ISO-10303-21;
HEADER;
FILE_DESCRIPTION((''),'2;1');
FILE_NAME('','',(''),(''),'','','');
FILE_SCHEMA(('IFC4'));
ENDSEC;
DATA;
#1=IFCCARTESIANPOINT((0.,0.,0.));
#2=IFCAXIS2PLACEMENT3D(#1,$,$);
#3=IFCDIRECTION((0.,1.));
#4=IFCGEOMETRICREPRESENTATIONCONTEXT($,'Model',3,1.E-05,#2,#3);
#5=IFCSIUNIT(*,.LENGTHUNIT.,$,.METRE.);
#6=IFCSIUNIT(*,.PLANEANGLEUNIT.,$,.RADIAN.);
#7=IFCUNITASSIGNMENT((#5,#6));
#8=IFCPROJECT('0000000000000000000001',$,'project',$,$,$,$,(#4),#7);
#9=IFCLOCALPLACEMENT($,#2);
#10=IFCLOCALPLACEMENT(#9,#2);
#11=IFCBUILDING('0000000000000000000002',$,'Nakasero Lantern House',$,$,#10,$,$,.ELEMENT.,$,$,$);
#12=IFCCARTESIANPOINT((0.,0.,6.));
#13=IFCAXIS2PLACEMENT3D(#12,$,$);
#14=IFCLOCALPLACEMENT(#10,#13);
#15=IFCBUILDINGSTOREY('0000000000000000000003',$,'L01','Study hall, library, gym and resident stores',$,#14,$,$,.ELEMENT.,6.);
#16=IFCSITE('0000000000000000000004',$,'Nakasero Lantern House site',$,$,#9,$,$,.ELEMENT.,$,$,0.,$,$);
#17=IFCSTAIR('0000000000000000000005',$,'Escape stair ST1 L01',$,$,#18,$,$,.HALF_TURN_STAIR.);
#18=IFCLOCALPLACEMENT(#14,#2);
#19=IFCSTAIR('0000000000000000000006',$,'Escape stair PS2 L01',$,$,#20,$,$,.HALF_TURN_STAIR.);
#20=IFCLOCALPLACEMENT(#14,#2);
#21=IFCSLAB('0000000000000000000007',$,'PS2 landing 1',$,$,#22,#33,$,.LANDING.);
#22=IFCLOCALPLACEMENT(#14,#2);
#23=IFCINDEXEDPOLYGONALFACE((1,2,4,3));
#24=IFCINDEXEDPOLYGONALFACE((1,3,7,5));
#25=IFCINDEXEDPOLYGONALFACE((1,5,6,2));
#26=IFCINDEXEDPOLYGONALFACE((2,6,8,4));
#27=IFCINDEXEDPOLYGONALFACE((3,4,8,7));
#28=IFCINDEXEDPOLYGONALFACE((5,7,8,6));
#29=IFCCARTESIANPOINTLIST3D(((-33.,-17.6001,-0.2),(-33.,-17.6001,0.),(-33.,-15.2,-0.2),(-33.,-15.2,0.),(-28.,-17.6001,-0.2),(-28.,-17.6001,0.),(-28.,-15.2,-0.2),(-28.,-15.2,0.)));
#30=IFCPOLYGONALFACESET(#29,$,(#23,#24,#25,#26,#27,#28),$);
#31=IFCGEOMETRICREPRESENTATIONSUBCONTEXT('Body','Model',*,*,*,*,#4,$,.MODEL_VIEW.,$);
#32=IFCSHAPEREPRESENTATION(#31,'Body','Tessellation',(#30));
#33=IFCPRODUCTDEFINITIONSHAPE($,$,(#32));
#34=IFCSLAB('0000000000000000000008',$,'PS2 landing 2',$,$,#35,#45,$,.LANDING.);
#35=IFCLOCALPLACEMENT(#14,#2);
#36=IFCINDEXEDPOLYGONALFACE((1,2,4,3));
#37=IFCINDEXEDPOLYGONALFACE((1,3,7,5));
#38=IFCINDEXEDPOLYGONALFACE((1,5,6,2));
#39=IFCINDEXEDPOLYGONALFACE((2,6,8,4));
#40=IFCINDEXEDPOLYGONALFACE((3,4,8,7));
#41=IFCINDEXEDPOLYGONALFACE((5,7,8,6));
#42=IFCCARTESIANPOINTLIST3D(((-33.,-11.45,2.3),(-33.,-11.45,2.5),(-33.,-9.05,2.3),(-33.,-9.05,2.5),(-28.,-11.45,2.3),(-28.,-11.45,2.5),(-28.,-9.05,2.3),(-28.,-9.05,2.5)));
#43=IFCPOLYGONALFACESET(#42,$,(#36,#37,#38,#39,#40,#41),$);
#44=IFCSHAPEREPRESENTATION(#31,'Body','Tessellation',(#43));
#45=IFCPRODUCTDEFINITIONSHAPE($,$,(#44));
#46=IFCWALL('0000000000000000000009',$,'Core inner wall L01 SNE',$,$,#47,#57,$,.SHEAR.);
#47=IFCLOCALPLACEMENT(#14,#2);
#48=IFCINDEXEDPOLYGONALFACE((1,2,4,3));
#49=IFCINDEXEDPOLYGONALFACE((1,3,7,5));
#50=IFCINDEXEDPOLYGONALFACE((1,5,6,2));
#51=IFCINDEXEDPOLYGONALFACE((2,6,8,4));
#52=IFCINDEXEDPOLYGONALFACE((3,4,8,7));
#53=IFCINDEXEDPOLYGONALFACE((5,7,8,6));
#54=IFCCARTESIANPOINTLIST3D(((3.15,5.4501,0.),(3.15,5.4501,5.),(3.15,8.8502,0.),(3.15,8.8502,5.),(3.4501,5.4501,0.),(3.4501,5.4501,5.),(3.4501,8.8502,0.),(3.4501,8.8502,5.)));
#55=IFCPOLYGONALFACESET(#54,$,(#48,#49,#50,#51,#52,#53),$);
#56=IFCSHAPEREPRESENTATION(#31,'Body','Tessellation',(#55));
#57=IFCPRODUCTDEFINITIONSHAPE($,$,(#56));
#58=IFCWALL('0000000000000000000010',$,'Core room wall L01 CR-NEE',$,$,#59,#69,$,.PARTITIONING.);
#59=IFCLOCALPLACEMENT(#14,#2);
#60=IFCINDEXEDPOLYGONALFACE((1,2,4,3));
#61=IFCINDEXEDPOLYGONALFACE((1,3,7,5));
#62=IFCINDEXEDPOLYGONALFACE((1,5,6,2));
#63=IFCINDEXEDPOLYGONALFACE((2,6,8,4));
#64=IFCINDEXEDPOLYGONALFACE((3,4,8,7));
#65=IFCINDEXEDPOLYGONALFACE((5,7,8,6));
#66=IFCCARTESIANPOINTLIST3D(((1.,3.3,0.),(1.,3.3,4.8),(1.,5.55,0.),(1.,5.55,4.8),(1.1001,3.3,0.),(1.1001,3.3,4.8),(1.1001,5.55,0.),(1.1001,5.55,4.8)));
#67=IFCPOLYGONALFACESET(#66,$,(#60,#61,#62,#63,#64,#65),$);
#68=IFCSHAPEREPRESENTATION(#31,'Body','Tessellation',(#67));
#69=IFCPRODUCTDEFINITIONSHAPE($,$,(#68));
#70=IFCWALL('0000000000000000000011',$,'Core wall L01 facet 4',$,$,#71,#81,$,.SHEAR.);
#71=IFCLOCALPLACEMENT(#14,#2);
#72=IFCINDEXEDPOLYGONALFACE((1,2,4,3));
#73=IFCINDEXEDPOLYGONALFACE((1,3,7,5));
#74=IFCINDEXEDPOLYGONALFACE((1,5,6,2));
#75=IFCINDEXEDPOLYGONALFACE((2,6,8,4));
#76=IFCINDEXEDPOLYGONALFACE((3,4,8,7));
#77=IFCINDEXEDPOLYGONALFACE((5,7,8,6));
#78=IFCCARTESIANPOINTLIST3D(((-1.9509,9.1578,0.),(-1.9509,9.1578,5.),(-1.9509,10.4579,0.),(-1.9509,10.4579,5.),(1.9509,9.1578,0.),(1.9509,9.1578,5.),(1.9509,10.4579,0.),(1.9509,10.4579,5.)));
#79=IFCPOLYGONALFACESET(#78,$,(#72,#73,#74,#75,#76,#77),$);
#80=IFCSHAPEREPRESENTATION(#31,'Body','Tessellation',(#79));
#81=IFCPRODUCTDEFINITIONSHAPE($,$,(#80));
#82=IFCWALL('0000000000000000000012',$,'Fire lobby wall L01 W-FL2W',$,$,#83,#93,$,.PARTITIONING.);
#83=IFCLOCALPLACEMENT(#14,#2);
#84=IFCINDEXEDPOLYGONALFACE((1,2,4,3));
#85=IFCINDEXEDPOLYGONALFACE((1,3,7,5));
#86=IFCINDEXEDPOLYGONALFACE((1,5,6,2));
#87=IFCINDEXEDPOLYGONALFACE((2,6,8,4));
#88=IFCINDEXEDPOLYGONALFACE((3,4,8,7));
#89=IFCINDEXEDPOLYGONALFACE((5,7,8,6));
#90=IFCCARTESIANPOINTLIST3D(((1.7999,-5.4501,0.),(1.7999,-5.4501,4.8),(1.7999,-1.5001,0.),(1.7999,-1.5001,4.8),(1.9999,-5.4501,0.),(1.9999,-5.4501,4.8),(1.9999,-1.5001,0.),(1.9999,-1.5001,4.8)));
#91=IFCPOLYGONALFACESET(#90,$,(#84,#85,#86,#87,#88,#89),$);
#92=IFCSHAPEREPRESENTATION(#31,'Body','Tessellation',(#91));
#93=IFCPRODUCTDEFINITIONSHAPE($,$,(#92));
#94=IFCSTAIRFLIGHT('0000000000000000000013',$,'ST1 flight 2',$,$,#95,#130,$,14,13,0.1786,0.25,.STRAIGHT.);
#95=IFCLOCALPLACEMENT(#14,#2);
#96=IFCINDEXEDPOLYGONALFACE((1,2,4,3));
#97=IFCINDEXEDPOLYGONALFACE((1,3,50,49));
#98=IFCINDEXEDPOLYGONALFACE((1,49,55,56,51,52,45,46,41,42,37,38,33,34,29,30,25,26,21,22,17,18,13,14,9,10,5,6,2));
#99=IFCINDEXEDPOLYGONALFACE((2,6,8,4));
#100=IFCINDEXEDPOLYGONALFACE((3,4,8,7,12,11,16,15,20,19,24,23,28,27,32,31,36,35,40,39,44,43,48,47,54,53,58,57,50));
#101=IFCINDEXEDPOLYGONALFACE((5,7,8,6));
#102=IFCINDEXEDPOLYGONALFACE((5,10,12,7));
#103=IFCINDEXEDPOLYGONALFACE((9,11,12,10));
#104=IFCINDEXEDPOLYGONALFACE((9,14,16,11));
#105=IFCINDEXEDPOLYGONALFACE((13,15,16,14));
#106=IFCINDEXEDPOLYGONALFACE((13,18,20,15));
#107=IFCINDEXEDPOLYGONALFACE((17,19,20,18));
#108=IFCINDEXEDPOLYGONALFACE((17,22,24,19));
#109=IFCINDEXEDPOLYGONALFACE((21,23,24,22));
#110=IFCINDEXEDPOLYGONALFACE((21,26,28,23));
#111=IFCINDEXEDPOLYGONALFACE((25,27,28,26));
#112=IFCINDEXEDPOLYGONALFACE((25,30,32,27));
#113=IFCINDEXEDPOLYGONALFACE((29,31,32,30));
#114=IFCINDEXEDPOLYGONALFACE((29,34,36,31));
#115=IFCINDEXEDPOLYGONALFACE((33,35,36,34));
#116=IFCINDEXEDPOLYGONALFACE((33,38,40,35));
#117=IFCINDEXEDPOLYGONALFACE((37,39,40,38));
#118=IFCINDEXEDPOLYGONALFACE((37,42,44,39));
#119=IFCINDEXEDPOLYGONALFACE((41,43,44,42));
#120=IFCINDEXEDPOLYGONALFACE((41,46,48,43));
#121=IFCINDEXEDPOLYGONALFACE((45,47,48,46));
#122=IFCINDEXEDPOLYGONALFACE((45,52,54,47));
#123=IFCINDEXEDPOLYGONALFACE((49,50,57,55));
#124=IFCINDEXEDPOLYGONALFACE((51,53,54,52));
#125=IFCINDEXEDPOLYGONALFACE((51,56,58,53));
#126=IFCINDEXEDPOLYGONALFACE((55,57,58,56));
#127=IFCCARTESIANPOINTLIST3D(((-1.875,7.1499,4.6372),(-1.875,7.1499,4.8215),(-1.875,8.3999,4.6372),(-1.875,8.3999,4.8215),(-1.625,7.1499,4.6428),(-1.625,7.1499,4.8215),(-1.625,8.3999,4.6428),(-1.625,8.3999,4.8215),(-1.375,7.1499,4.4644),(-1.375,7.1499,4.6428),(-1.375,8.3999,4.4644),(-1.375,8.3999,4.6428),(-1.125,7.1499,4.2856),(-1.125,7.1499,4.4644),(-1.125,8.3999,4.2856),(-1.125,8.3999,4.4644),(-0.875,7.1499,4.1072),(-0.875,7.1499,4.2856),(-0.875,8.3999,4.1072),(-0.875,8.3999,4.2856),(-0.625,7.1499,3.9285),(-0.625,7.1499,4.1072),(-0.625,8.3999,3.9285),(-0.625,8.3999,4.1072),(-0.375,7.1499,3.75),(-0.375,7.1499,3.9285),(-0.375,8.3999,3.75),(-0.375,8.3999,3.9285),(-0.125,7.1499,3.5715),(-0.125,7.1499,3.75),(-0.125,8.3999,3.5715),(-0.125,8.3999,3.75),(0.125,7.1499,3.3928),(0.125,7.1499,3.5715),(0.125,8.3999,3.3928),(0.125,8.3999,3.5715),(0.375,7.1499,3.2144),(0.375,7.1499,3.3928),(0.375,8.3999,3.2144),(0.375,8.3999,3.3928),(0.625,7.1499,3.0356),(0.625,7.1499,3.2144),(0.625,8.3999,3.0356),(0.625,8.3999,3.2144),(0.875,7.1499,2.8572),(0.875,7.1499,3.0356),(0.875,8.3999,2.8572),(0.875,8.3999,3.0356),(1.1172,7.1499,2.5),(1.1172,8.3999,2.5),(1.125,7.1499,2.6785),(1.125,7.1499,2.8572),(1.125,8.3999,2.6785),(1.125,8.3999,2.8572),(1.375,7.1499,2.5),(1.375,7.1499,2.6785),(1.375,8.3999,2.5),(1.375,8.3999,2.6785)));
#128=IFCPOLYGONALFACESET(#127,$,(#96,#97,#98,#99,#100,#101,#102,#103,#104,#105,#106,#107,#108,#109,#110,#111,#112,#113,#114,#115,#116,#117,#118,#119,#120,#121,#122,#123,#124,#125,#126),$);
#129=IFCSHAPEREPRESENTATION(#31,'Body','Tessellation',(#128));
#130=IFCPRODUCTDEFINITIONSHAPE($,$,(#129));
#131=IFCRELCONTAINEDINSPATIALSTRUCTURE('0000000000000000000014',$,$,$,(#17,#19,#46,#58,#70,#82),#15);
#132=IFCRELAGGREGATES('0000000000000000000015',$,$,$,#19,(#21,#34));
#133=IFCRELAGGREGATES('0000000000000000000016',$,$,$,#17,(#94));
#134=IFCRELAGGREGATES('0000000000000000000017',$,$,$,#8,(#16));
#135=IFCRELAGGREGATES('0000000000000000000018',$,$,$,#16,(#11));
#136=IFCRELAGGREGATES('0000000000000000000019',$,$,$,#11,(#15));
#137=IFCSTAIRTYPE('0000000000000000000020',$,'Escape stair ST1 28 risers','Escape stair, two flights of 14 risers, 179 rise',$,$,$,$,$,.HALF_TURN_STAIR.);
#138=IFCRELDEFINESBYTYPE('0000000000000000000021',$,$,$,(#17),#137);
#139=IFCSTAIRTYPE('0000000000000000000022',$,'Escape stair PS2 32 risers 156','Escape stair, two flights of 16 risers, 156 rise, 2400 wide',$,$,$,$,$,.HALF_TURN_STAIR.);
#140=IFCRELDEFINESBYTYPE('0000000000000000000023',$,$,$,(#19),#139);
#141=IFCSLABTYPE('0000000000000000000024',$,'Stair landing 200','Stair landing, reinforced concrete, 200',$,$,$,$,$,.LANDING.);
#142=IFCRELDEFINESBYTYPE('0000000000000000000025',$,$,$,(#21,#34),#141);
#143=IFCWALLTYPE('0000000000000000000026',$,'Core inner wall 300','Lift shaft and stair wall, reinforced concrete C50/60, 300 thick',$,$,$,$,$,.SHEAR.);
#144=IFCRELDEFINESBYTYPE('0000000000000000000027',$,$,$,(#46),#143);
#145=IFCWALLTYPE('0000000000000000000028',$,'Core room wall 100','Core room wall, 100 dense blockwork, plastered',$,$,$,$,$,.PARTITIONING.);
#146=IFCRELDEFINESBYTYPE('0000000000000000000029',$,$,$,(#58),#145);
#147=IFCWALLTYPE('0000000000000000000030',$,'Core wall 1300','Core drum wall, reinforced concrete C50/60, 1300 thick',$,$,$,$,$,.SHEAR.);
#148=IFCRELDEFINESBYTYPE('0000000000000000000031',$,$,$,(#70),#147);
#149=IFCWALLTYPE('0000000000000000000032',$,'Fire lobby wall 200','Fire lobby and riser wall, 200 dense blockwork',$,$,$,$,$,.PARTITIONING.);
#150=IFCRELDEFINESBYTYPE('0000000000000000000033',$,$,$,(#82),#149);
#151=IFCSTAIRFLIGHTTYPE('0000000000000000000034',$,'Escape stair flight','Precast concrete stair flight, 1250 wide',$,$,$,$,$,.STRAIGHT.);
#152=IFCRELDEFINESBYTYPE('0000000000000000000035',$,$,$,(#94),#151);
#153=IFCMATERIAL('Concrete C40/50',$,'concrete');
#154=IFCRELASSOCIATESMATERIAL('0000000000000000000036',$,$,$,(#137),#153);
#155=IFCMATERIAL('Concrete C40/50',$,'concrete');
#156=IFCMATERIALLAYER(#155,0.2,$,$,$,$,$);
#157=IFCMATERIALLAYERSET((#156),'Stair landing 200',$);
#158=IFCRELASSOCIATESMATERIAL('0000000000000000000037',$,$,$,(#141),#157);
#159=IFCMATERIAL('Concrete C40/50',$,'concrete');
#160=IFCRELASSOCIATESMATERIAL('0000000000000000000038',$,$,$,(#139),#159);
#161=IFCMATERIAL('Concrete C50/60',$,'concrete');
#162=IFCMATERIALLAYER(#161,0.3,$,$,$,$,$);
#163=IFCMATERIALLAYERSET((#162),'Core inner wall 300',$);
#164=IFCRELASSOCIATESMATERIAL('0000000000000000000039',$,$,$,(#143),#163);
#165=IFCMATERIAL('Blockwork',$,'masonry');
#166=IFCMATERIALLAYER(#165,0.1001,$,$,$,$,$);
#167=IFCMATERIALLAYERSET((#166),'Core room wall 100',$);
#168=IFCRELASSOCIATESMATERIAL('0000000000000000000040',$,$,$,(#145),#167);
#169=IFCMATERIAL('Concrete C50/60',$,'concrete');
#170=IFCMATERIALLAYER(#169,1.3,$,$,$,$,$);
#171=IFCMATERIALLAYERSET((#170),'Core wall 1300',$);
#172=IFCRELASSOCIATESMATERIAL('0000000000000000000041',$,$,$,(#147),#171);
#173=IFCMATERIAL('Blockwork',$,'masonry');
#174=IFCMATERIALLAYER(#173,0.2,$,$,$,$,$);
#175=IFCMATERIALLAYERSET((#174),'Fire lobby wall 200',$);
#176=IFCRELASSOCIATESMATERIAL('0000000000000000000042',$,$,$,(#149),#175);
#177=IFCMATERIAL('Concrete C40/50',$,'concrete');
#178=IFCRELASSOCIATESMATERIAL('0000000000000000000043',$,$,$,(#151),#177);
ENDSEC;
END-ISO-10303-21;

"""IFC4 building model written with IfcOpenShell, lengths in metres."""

from ifc_helpers import new_model, si_unit, direction, frame, frame_2d, origin, place, context, subcontext, project, spatial, polyline, rectangle, outline, extrude, material, layer, layer_set, type_object, element, aggregate, save


model = new_model("IFC4")

# Units and contexts
model_context = context("Model", 3, precision=1e-05, world=origin(), true_north=direction((0.0, 1.0)))
body_context = subcontext(model_context, "Body", "Model", "MODEL_VIEW")
ifc_project = project(units=[si_unit("LENGTHUNIT", "METRE"), si_unit("PLANEANGLEUNIT", "RADIAN")], contexts=[model_context])

# Site, building, storey
site_placement = place(None, origin())
site = spatial("IfcSite", under=ifc_project, at=site_placement, Name="Nakasero Lantern House site", CompositionType="ELEMENT", RefElevation=0.0)
building_placement = place(site_placement, origin())
building = spatial("IfcBuilding", under=site, at=building_placement, Name="Nakasero Lantern House", CompositionType="ELEMENT")
storey_placement = place(building_placement, frame((0.0, 0.0, 6.0)))
storey = spatial("IfcBuildingStorey", under=building, at=storey_placement, Name="L01", Description="Study hall, library, gym and resident stores", CompositionType="ELEMENT", Elevation=6.0)

# Stairs, slabs
ifc_material_1 = material(Name="Concrete C40/50", Category="concrete")
stair_type_1 = type_object("IfcStairType", Name="Escape stair ST1 28 risers", Description="Escape stair, two flights of 14 risers, 179 rise", PredefinedType="HALF_TURN_STAIR", material=ifc_material_1)
stair_1_placement = place(storey_placement, origin())
stair_1 = element("IfcStair", 1, at=stair_1_placement, inside=storey, type_object=stair_type_1, Name="Escape stair ST1 L01", PredefinedType="HALF_TURN_STAIR")
ifc_material_2 = material(Name="Concrete C40/50", Category="concrete")
ifc_layer_1 = layer(ifc_material_2, 0.2)
ifc_layer_set_1 = layer_set([ifc_layer_1], Name="Stair landing 200")
slab_type_1 = type_object("IfcSlabType", Name="Stair landing 200", Description="Stair landing, reinforced concrete, 200", PredefinedType="LANDING", material=ifc_layer_set_1)
ifc_material_3 = material(Name="Concrete C40/50", Category="concrete")
stair_type_2 = type_object("IfcStairType", Name="Escape stair PS2 32 risers 156", Description="Escape stair, two flights of 16 risers, 156 rise, 2400 wide", PredefinedType="HALF_TURN_STAIR", material=ifc_material_3)
stair_2_placement = place(storey_placement, origin())
stair_2 = element("IfcStair", 2, at=stair_2_placement, inside=storey, type_object=stair_type_2, Name="Escape stair PS2 L01", PredefinedType="HALF_TURN_STAIR")
slab_1_placement = place(storey_placement, frame((0.0, 0.0, -0.2)))
slab_1 = element("IfcSlab", 3, at=slab_1_placement, type_object=slab_type_1, Name="PS2 landing 1", PredefinedType="LANDING", context=body_context, shape_type="SweptSolid", body=[
    extrude(outline(polyline([(-28.0, -15.2), (-33.0, -15.2), (-33.0, -17.6001), (-28.0, -17.6001), (-28.0, -15.2)])), origin(), (0.0, 0.0, 1.0), 0.2),
])
slab_2_placement = place(storey_placement, frame((0.0, 0.0, 2.3)))
slab_2 = element("IfcSlab", 4, at=slab_2_placement, type_object=slab_type_1, Name="PS2 landing 2", PredefinedType="LANDING", context=body_context, shape_type="SweptSolid", body=[
    extrude(outline(polyline([(-28.0, -9.05), (-33.0, -9.05), (-33.0, -11.45), (-28.0, -11.45), (-28.0, -9.05)])), origin(), (0.0, 0.0, 1.0), 0.2),
])
aggregate(stair_2, [slab_1, slab_2])

# Walls
ifc_material_4 = material(Name="Concrete C50/60", Category="concrete")
ifc_layer_2 = layer(ifc_material_4, 0.3)
ifc_layer_set_2 = layer_set([ifc_layer_2], Name="Core inner wall 300")
wall_type_1 = type_object("IfcWallType", Name="Core inner wall 300", Description="Lift shaft and stair wall, reinforced concrete C50/60, 300 thick", PredefinedType="SHEAR", material=ifc_layer_set_2)
wall_1_placement = place(storey_placement, frame((3.3, 5.45, 0.0), z_axis=(0.0, 0.0, 1.0), x_axis=(0.0, 1.0, 0.0)))
element("IfcWall", 5, at=wall_1_placement, inside=storey, type_object=wall_type_1, Name="Core inner wall L01 SNE", PredefinedType="SHEAR", context=body_context, shape_type="SweptSolid", body=[
    extrude(rectangle(XDim=3.4001, YDim=0.3, at=frame_2d((1.7002, 0.0))), origin(), (0.0, 0.0, 1.0), 5.0),
])
ifc_material_5 = material(Name="Blockwork", Category="masonry")
ifc_layer_3 = layer(ifc_material_5, 0.1001)
ifc_layer_set_3 = layer_set([ifc_layer_3], Name="Core room wall 100")
wall_type_2 = type_object("IfcWallType", Name="Core room wall 100", Description="Core room wall, 100 dense blockwork, plastered", PredefinedType="PARTITIONING", material=ifc_layer_set_3)
wall_2_placement = place(storey_placement, frame((1.05, 3.3, 0.0), z_axis=(0.0, 0.0, 1.0), x_axis=(0.0, 1.0, 0.0)))
element("IfcWall", 6, at=wall_2_placement, inside=storey, type_object=wall_type_2, Name="Core room wall L01 CR-NEE", PredefinedType="PARTITIONING", context=body_context, shape_type="SweptSolid", body=[
    extrude(rectangle(XDim=2.25, YDim=0.1001, at=frame_2d((1.125, 0.0))), origin(), (0.0, 0.0, 1.0), 4.8),
])
ifc_material_6 = material(Name="Concrete C50/60", Category="concrete")
ifc_layer_4 = layer(ifc_material_6, 1.3)
ifc_layer_set_4 = layer_set([ifc_layer_4], Name="Core wall 1300")
wall_type_3 = type_object("IfcWallType", Name="Core wall 1300", Description="Core drum wall, reinforced concrete C50/60, 1300 thick", PredefinedType="SHEAR", material=ifc_layer_set_4)
wall_3_placement = place(storey_placement, frame((1.9509, 9.8079, 0.0), z_axis=(0.0, 0.0, 1.0), x_axis=(-1.0, 0.0, 0.0)))
element("IfcWall", 7, at=wall_3_placement, inside=storey, type_object=wall_type_3, Name="Core wall L01 facet 4", PredefinedType="SHEAR", context=body_context, shape_type="SweptSolid", body=[
    extrude(rectangle(XDim=3.9019, YDim=1.3, at=frame_2d((1.9509, 0.0))), origin(), (0.0, 0.0, 1.0), 5.0),
])
ifc_material_7 = material(Name="Blockwork", Category="masonry")
ifc_layer_5 = layer(ifc_material_7, 0.2)
ifc_layer_set_5 = layer_set([ifc_layer_5], Name="Fire lobby wall 200")
wall_type_4 = type_object("IfcWallType", Name="Fire lobby wall 200", Description="Fire lobby and riser wall, 200 dense blockwork", PredefinedType="PARTITIONING", material=ifc_layer_set_5)
wall_4_placement = place(storey_placement, frame((1.8999, -1.5, 0.0), z_axis=(0.0, 0.0, 1.0), x_axis=(0.0, -1.0, 0.0)))
element("IfcWall", 8, at=wall_4_placement, inside=storey, type_object=wall_type_4, Name="Fire lobby wall L01 W-FL2W", PredefinedType="PARTITIONING", context=body_context, shape_type="SweptSolid", body=[
    extrude(rectangle(XDim=3.95, YDim=0.2, at=frame_2d((1.9751, 0.0))), origin(), (0.0, 0.0, 1.0), 4.8),
])

# Stair flight
ifc_material_8 = material(Name="Concrete C40/50", Category="concrete")
stair_flight_type = type_object("IfcStairFlightType", Name="Escape stair flight", Description="Precast concrete stair flight, 1250 wide", PredefinedType="STRAIGHT", material=ifc_material_8)
stair_flight_placement = place(storey_placement, frame((1.375, 7.7749, 2.5), z_axis=(0.0, 0.0, 1.0), x_axis=(-1.0, 0.0, 0.0)))
stair_flight = element("IfcStairFlight", 9, at=stair_flight_placement, type_object=stair_flight_type, Name="ST1 flight 2", NumberOfRisers=14, NumberOfTreads=13, PredefinedType="STRAIGHT", RiserHeight=0.1786, TreadLength=0.25, context=body_context, shape_type="SweptSolid", body=[
    extrude(outline(polyline([(0.0, 0.0), (0.0, 0.1785), (0.25, 0.1785), (0.25, 0.3572), (0.5, 0.3572), (0.5, 0.5356), (0.75, 0.5356), (0.75, 0.7144), (1.0, 0.7144), (1.0, 0.8928), (1.25, 0.8928), (1.25, 1.0715), (1.5, 1.0715), (1.5, 1.25), (1.75, 1.25), (1.75, 1.4285), (2.0, 1.4285), (2.0, 1.6072), (2.25, 1.6072), (2.25, 1.7856), (2.5, 1.7856), (2.5, 1.9644), (2.75, 1.9644), (2.75, 2.1428), (3.0, 2.1428), (3.0, 2.3215), (3.25, 2.3215), (3.25, 2.5), (3.25, 2.1372), (0.2578, 0.0), (0.0, 0.0)])), frame((0.0, 0.625, 0.0), z_axis=(0.0, -1.0, 0.0), x_axis=(1.0, 0.0, 0.0)), (0.0, 0.0, 1.0), 1.25),
])
aggregate(stair_1, [stair_flight])

save(model, "model.ifc")
